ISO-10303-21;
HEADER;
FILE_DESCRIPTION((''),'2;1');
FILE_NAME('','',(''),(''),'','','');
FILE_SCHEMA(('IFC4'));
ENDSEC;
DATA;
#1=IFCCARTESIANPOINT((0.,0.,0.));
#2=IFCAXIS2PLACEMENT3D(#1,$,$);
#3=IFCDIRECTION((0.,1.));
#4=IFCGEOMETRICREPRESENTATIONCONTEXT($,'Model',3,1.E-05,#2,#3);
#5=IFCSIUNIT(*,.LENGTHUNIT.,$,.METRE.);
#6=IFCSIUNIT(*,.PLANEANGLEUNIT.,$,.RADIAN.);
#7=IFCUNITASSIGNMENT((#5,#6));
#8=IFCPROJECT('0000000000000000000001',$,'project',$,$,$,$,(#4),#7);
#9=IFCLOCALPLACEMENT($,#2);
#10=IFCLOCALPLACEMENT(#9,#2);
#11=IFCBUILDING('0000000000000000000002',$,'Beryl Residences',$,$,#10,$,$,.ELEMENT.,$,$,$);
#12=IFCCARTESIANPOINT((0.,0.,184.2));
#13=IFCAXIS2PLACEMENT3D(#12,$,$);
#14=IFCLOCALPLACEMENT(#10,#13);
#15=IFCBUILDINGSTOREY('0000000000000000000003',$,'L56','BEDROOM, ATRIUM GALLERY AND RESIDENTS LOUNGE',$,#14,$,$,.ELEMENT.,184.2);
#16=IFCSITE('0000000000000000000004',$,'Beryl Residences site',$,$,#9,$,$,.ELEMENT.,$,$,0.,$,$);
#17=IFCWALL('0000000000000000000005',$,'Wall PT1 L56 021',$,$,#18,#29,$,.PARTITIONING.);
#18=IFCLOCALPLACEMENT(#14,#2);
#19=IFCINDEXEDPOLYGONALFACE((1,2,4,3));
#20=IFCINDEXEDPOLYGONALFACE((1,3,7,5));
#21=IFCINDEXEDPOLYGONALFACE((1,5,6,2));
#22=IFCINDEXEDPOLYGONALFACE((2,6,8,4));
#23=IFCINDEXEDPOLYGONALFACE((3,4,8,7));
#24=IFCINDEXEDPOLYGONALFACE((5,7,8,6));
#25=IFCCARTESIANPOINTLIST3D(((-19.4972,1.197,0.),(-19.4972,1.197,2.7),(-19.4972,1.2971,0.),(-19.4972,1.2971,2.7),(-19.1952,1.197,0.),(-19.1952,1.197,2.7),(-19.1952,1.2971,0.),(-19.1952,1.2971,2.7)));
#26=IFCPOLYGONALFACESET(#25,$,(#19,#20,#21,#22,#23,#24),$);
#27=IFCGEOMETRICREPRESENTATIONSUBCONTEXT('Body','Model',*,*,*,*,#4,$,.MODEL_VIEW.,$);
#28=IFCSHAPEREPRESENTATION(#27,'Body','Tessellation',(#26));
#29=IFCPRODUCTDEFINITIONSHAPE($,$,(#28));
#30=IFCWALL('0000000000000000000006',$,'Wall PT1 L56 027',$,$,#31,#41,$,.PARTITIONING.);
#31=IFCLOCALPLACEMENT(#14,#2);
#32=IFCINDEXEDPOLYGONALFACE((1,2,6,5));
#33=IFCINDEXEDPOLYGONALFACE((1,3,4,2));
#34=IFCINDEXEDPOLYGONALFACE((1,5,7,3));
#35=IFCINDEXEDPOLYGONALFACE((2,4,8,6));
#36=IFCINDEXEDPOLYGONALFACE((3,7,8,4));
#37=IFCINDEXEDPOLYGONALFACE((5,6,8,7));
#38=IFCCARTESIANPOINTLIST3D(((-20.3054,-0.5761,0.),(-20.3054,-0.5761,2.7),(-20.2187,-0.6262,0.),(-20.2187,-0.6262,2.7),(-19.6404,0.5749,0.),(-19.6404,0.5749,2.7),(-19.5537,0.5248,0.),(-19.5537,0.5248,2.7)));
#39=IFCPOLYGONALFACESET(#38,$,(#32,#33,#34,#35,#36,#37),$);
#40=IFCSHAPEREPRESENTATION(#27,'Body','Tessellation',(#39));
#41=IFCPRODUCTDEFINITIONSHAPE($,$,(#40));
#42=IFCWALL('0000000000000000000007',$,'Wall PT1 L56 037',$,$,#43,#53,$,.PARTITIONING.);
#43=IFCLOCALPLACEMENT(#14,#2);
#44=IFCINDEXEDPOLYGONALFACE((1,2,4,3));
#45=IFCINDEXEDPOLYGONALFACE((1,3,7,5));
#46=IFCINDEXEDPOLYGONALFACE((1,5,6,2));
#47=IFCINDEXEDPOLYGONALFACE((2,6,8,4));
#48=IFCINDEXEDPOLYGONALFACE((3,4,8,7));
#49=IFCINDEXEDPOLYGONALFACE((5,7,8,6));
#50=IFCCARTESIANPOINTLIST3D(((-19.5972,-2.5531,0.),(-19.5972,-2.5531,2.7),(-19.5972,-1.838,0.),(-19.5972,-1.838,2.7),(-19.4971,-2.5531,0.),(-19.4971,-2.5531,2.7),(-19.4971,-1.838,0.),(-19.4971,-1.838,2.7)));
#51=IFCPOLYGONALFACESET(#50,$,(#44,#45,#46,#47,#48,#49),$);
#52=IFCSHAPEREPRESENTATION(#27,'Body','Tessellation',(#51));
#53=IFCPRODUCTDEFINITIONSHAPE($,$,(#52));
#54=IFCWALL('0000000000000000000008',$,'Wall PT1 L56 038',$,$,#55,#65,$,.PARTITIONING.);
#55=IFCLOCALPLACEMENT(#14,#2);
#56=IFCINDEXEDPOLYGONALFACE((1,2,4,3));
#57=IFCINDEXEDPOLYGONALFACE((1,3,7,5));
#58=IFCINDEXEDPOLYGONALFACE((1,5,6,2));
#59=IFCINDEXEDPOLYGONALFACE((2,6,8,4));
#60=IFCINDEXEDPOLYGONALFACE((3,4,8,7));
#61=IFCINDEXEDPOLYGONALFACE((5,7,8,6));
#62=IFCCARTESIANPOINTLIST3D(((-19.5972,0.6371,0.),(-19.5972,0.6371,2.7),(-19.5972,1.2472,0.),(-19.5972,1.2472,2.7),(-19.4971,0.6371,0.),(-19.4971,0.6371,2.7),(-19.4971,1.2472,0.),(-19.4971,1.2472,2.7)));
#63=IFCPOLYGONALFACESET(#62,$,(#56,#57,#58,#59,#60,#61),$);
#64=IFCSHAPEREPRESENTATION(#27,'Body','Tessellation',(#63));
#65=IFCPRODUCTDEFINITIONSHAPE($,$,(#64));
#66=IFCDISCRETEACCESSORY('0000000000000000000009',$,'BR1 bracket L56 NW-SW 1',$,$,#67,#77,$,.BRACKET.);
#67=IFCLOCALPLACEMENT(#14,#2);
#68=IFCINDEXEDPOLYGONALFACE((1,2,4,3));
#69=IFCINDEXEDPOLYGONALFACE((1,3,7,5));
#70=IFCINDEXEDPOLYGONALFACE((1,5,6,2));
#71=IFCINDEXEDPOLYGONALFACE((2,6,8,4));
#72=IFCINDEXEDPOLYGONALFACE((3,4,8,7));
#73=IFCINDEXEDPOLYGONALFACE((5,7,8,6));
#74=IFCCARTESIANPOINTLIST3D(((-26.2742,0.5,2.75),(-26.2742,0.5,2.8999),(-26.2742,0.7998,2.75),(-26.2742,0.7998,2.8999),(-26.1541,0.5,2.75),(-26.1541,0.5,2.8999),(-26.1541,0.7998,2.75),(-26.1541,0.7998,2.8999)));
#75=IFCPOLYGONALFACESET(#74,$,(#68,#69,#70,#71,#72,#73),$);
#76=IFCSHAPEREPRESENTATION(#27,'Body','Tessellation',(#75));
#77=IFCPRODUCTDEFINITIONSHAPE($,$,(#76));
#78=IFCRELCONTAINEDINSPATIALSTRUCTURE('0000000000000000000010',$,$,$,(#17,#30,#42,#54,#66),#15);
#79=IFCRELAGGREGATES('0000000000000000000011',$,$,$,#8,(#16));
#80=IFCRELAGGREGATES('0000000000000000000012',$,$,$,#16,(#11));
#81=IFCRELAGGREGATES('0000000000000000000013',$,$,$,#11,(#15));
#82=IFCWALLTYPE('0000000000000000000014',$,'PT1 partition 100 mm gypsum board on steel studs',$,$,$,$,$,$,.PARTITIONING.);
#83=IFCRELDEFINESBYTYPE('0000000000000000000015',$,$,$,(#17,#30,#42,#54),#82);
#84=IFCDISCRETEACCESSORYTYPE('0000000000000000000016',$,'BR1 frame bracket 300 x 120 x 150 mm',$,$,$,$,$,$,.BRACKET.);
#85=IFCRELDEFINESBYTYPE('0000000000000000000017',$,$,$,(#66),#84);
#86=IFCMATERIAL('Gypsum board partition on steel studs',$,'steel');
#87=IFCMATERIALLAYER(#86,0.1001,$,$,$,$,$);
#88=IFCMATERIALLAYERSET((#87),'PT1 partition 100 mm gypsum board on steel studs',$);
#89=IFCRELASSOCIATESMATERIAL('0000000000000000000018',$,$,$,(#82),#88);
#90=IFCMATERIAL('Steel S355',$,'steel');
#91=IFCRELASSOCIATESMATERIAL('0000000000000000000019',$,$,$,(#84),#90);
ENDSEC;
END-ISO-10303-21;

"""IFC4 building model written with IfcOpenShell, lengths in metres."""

from ifc_helpers import new_model, si_unit, direction, frame, frame_2d, origin, place, context, subcontext, project, spatial, polyline, rectangle, outline, extrude, source, transform, mapped, material, layer, layer_set, type_object, type_shapes, element, save


model = new_model("IFC4")

# Units and contexts
model_context = context("Model", 3, precision=1e-05, world=origin(), true_north=direction((0.0, 1.0)))
body_context = subcontext(model_context, "Body", "Model", "MODEL_VIEW")
ifc_project = project(units=[si_unit("LENGTHUNIT", "METRE"), si_unit("PLANEANGLEUNIT", "RADIAN")], contexts=[model_context])

# Site, building, storey
site_placement = place(None, origin())
site = spatial("IfcSite", under=ifc_project, at=site_placement, Name="Beryl Residences site", CompositionType="ELEMENT", RefElevation=0.0)
building_placement = place(site_placement, origin())
building = spatial("IfcBuilding", under=site, at=building_placement, Name="Beryl Residences", CompositionType="ELEMENT")
storey_placement = place(building_placement, frame((0.0, 0.0, 184.2)))
storey = spatial("IfcBuildingStorey", under=building, at=storey_placement, Name="L56", Description="BEDROOM, ATRIUM GALLERY AND RESIDENTS LOUNGE", CompositionType="ELEMENT", Elevation=184.2)

# Shared definitions
ifc_material_1 = material(Name="Gypsum board partition on steel studs", Category="steel")
ifc_layer_1 = layer(ifc_material_1, 0.1001)
ifc_layer_set_1 = layer_set([ifc_layer_1], Name="PT1 partition 100 mm gypsum board on steel studs")
wall_type_1 = type_object("IfcWallType", Name="PT1 partition 100 mm gypsum board on steel studs", PredefinedType="PARTITIONING", material=ifc_layer_set_1)

# Walls
wall_1_placement = place(storey_placement, frame((-19.4971, 1.2471, 0.0), z_axis=(0.0, 0.0, 1.0), x_axis=(1.0, 0.0, 0.0)))
element("IfcWall", 1, at=wall_1_placement, inside=storey, type_object=wall_type_1, Name="Wall PT1 L56 021", PredefinedType="PARTITIONING", context=body_context, shape_type="SweptSolid", body=[
    extrude(rectangle(XDim=0.302, YDim=0.1001, at=frame_2d((0.1509, 0.0))), origin(), (0.0, 0.0, 1.0), 2.7),
])
wall_2_placement = place(storey_placement, frame((-20.262, -0.6011, 0.0), z_axis=(0.0, 0.0, 1.0), x_axis=(0.500247, 0.865883, 0.0)))
element("IfcWall", 2, at=wall_2_placement, inside=storey, type_object=wall_type_1, Name="Wall PT1 L56 027", PredefinedType="PARTITIONING", context=body_context, shape_type="SweptSolid", body=[
    extrude(rectangle(XDim=1.3293, YDim=0.1001, at=frame_2d((0.6646, 0.0))), origin(), (0.0, 0.0, 1.0), 2.7),
])
wall_3_placement = place(storey_placement, frame((-19.5471, -2.553, 0.0), z_axis=(0.0, 0.0, 1.0), x_axis=(0.0, 1.0, 0.0)))
element("IfcWall", 3, at=wall_3_placement, inside=storey, type_object=wall_type_1, Name="Wall PT1 L56 037", PredefinedType="PARTITIONING", context=body_context, shape_type="SweptSolid", body=[
    extrude(rectangle(XDim=0.7151, YDim=0.1001, at=frame_2d((0.3574, 0.0))), origin(), (0.0, 0.0, 1.0), 2.7),
])
wall_4_placement = place(storey_placement, frame((-19.5471, 0.637, 0.0), z_axis=(0.0, 0.0, 1.0), x_axis=(0.0, 1.0, 0.0)))
element("IfcWall", 4, at=wall_4_placement, inside=storey, type_object=wall_type_1, Name="Wall PT1 L56 038", PredefinedType="PARTITIONING", context=body_context, shape_type="SweptSolid", body=[
    extrude(rectangle(XDim=0.6101, YDim=0.1001, at=frame_2d((0.3052, 0.0))), origin(), (0.0, 0.0, 1.0), 2.7),
])

# Discrete accessory
ifc_material_2 = material(Name="Steel S355", Category="steel")
discrete_accessory_type = type_object("IfcDiscreteAccessoryType", Name="BR1 frame bracket 300 x 120 x 150 mm", PredefinedType="BRACKET", material=ifc_material_2)
shared_shape_1 = source(origin(), body_context, "Body", "SweptSolid", [
    extrude(outline(polyline([(-0.1499, 0.0), (0.1499, 0.0), (0.1499, 0.1201), (-0.1499, 0.1201), (-0.1499, 0.0)])), origin(), (0.0, 0.0, 1.0), 0.1499),
])
type_shapes(discrete_accessory_type, [shared_shape_1])
discrete_accessory_placement = place(storey_placement, frame((-26.1541, 0.6499, 2.75), z_axis=(0.0, 0.0, 1.0), x_axis=(0.0, 1.0, 0.0)))
element("IfcDiscreteAccessory", 5, at=discrete_accessory_placement, inside=storey, type_object=discrete_accessory_type, Name="BR1 bracket L56 NW-SW 1", PredefinedType="BRACKET", context=body_context, shape_type="MappedRepresentation", body=[
    mapped(shared_shape_1, transform((0.0, 0.0, 0.0))),
])

save(model, "model.ifc")
